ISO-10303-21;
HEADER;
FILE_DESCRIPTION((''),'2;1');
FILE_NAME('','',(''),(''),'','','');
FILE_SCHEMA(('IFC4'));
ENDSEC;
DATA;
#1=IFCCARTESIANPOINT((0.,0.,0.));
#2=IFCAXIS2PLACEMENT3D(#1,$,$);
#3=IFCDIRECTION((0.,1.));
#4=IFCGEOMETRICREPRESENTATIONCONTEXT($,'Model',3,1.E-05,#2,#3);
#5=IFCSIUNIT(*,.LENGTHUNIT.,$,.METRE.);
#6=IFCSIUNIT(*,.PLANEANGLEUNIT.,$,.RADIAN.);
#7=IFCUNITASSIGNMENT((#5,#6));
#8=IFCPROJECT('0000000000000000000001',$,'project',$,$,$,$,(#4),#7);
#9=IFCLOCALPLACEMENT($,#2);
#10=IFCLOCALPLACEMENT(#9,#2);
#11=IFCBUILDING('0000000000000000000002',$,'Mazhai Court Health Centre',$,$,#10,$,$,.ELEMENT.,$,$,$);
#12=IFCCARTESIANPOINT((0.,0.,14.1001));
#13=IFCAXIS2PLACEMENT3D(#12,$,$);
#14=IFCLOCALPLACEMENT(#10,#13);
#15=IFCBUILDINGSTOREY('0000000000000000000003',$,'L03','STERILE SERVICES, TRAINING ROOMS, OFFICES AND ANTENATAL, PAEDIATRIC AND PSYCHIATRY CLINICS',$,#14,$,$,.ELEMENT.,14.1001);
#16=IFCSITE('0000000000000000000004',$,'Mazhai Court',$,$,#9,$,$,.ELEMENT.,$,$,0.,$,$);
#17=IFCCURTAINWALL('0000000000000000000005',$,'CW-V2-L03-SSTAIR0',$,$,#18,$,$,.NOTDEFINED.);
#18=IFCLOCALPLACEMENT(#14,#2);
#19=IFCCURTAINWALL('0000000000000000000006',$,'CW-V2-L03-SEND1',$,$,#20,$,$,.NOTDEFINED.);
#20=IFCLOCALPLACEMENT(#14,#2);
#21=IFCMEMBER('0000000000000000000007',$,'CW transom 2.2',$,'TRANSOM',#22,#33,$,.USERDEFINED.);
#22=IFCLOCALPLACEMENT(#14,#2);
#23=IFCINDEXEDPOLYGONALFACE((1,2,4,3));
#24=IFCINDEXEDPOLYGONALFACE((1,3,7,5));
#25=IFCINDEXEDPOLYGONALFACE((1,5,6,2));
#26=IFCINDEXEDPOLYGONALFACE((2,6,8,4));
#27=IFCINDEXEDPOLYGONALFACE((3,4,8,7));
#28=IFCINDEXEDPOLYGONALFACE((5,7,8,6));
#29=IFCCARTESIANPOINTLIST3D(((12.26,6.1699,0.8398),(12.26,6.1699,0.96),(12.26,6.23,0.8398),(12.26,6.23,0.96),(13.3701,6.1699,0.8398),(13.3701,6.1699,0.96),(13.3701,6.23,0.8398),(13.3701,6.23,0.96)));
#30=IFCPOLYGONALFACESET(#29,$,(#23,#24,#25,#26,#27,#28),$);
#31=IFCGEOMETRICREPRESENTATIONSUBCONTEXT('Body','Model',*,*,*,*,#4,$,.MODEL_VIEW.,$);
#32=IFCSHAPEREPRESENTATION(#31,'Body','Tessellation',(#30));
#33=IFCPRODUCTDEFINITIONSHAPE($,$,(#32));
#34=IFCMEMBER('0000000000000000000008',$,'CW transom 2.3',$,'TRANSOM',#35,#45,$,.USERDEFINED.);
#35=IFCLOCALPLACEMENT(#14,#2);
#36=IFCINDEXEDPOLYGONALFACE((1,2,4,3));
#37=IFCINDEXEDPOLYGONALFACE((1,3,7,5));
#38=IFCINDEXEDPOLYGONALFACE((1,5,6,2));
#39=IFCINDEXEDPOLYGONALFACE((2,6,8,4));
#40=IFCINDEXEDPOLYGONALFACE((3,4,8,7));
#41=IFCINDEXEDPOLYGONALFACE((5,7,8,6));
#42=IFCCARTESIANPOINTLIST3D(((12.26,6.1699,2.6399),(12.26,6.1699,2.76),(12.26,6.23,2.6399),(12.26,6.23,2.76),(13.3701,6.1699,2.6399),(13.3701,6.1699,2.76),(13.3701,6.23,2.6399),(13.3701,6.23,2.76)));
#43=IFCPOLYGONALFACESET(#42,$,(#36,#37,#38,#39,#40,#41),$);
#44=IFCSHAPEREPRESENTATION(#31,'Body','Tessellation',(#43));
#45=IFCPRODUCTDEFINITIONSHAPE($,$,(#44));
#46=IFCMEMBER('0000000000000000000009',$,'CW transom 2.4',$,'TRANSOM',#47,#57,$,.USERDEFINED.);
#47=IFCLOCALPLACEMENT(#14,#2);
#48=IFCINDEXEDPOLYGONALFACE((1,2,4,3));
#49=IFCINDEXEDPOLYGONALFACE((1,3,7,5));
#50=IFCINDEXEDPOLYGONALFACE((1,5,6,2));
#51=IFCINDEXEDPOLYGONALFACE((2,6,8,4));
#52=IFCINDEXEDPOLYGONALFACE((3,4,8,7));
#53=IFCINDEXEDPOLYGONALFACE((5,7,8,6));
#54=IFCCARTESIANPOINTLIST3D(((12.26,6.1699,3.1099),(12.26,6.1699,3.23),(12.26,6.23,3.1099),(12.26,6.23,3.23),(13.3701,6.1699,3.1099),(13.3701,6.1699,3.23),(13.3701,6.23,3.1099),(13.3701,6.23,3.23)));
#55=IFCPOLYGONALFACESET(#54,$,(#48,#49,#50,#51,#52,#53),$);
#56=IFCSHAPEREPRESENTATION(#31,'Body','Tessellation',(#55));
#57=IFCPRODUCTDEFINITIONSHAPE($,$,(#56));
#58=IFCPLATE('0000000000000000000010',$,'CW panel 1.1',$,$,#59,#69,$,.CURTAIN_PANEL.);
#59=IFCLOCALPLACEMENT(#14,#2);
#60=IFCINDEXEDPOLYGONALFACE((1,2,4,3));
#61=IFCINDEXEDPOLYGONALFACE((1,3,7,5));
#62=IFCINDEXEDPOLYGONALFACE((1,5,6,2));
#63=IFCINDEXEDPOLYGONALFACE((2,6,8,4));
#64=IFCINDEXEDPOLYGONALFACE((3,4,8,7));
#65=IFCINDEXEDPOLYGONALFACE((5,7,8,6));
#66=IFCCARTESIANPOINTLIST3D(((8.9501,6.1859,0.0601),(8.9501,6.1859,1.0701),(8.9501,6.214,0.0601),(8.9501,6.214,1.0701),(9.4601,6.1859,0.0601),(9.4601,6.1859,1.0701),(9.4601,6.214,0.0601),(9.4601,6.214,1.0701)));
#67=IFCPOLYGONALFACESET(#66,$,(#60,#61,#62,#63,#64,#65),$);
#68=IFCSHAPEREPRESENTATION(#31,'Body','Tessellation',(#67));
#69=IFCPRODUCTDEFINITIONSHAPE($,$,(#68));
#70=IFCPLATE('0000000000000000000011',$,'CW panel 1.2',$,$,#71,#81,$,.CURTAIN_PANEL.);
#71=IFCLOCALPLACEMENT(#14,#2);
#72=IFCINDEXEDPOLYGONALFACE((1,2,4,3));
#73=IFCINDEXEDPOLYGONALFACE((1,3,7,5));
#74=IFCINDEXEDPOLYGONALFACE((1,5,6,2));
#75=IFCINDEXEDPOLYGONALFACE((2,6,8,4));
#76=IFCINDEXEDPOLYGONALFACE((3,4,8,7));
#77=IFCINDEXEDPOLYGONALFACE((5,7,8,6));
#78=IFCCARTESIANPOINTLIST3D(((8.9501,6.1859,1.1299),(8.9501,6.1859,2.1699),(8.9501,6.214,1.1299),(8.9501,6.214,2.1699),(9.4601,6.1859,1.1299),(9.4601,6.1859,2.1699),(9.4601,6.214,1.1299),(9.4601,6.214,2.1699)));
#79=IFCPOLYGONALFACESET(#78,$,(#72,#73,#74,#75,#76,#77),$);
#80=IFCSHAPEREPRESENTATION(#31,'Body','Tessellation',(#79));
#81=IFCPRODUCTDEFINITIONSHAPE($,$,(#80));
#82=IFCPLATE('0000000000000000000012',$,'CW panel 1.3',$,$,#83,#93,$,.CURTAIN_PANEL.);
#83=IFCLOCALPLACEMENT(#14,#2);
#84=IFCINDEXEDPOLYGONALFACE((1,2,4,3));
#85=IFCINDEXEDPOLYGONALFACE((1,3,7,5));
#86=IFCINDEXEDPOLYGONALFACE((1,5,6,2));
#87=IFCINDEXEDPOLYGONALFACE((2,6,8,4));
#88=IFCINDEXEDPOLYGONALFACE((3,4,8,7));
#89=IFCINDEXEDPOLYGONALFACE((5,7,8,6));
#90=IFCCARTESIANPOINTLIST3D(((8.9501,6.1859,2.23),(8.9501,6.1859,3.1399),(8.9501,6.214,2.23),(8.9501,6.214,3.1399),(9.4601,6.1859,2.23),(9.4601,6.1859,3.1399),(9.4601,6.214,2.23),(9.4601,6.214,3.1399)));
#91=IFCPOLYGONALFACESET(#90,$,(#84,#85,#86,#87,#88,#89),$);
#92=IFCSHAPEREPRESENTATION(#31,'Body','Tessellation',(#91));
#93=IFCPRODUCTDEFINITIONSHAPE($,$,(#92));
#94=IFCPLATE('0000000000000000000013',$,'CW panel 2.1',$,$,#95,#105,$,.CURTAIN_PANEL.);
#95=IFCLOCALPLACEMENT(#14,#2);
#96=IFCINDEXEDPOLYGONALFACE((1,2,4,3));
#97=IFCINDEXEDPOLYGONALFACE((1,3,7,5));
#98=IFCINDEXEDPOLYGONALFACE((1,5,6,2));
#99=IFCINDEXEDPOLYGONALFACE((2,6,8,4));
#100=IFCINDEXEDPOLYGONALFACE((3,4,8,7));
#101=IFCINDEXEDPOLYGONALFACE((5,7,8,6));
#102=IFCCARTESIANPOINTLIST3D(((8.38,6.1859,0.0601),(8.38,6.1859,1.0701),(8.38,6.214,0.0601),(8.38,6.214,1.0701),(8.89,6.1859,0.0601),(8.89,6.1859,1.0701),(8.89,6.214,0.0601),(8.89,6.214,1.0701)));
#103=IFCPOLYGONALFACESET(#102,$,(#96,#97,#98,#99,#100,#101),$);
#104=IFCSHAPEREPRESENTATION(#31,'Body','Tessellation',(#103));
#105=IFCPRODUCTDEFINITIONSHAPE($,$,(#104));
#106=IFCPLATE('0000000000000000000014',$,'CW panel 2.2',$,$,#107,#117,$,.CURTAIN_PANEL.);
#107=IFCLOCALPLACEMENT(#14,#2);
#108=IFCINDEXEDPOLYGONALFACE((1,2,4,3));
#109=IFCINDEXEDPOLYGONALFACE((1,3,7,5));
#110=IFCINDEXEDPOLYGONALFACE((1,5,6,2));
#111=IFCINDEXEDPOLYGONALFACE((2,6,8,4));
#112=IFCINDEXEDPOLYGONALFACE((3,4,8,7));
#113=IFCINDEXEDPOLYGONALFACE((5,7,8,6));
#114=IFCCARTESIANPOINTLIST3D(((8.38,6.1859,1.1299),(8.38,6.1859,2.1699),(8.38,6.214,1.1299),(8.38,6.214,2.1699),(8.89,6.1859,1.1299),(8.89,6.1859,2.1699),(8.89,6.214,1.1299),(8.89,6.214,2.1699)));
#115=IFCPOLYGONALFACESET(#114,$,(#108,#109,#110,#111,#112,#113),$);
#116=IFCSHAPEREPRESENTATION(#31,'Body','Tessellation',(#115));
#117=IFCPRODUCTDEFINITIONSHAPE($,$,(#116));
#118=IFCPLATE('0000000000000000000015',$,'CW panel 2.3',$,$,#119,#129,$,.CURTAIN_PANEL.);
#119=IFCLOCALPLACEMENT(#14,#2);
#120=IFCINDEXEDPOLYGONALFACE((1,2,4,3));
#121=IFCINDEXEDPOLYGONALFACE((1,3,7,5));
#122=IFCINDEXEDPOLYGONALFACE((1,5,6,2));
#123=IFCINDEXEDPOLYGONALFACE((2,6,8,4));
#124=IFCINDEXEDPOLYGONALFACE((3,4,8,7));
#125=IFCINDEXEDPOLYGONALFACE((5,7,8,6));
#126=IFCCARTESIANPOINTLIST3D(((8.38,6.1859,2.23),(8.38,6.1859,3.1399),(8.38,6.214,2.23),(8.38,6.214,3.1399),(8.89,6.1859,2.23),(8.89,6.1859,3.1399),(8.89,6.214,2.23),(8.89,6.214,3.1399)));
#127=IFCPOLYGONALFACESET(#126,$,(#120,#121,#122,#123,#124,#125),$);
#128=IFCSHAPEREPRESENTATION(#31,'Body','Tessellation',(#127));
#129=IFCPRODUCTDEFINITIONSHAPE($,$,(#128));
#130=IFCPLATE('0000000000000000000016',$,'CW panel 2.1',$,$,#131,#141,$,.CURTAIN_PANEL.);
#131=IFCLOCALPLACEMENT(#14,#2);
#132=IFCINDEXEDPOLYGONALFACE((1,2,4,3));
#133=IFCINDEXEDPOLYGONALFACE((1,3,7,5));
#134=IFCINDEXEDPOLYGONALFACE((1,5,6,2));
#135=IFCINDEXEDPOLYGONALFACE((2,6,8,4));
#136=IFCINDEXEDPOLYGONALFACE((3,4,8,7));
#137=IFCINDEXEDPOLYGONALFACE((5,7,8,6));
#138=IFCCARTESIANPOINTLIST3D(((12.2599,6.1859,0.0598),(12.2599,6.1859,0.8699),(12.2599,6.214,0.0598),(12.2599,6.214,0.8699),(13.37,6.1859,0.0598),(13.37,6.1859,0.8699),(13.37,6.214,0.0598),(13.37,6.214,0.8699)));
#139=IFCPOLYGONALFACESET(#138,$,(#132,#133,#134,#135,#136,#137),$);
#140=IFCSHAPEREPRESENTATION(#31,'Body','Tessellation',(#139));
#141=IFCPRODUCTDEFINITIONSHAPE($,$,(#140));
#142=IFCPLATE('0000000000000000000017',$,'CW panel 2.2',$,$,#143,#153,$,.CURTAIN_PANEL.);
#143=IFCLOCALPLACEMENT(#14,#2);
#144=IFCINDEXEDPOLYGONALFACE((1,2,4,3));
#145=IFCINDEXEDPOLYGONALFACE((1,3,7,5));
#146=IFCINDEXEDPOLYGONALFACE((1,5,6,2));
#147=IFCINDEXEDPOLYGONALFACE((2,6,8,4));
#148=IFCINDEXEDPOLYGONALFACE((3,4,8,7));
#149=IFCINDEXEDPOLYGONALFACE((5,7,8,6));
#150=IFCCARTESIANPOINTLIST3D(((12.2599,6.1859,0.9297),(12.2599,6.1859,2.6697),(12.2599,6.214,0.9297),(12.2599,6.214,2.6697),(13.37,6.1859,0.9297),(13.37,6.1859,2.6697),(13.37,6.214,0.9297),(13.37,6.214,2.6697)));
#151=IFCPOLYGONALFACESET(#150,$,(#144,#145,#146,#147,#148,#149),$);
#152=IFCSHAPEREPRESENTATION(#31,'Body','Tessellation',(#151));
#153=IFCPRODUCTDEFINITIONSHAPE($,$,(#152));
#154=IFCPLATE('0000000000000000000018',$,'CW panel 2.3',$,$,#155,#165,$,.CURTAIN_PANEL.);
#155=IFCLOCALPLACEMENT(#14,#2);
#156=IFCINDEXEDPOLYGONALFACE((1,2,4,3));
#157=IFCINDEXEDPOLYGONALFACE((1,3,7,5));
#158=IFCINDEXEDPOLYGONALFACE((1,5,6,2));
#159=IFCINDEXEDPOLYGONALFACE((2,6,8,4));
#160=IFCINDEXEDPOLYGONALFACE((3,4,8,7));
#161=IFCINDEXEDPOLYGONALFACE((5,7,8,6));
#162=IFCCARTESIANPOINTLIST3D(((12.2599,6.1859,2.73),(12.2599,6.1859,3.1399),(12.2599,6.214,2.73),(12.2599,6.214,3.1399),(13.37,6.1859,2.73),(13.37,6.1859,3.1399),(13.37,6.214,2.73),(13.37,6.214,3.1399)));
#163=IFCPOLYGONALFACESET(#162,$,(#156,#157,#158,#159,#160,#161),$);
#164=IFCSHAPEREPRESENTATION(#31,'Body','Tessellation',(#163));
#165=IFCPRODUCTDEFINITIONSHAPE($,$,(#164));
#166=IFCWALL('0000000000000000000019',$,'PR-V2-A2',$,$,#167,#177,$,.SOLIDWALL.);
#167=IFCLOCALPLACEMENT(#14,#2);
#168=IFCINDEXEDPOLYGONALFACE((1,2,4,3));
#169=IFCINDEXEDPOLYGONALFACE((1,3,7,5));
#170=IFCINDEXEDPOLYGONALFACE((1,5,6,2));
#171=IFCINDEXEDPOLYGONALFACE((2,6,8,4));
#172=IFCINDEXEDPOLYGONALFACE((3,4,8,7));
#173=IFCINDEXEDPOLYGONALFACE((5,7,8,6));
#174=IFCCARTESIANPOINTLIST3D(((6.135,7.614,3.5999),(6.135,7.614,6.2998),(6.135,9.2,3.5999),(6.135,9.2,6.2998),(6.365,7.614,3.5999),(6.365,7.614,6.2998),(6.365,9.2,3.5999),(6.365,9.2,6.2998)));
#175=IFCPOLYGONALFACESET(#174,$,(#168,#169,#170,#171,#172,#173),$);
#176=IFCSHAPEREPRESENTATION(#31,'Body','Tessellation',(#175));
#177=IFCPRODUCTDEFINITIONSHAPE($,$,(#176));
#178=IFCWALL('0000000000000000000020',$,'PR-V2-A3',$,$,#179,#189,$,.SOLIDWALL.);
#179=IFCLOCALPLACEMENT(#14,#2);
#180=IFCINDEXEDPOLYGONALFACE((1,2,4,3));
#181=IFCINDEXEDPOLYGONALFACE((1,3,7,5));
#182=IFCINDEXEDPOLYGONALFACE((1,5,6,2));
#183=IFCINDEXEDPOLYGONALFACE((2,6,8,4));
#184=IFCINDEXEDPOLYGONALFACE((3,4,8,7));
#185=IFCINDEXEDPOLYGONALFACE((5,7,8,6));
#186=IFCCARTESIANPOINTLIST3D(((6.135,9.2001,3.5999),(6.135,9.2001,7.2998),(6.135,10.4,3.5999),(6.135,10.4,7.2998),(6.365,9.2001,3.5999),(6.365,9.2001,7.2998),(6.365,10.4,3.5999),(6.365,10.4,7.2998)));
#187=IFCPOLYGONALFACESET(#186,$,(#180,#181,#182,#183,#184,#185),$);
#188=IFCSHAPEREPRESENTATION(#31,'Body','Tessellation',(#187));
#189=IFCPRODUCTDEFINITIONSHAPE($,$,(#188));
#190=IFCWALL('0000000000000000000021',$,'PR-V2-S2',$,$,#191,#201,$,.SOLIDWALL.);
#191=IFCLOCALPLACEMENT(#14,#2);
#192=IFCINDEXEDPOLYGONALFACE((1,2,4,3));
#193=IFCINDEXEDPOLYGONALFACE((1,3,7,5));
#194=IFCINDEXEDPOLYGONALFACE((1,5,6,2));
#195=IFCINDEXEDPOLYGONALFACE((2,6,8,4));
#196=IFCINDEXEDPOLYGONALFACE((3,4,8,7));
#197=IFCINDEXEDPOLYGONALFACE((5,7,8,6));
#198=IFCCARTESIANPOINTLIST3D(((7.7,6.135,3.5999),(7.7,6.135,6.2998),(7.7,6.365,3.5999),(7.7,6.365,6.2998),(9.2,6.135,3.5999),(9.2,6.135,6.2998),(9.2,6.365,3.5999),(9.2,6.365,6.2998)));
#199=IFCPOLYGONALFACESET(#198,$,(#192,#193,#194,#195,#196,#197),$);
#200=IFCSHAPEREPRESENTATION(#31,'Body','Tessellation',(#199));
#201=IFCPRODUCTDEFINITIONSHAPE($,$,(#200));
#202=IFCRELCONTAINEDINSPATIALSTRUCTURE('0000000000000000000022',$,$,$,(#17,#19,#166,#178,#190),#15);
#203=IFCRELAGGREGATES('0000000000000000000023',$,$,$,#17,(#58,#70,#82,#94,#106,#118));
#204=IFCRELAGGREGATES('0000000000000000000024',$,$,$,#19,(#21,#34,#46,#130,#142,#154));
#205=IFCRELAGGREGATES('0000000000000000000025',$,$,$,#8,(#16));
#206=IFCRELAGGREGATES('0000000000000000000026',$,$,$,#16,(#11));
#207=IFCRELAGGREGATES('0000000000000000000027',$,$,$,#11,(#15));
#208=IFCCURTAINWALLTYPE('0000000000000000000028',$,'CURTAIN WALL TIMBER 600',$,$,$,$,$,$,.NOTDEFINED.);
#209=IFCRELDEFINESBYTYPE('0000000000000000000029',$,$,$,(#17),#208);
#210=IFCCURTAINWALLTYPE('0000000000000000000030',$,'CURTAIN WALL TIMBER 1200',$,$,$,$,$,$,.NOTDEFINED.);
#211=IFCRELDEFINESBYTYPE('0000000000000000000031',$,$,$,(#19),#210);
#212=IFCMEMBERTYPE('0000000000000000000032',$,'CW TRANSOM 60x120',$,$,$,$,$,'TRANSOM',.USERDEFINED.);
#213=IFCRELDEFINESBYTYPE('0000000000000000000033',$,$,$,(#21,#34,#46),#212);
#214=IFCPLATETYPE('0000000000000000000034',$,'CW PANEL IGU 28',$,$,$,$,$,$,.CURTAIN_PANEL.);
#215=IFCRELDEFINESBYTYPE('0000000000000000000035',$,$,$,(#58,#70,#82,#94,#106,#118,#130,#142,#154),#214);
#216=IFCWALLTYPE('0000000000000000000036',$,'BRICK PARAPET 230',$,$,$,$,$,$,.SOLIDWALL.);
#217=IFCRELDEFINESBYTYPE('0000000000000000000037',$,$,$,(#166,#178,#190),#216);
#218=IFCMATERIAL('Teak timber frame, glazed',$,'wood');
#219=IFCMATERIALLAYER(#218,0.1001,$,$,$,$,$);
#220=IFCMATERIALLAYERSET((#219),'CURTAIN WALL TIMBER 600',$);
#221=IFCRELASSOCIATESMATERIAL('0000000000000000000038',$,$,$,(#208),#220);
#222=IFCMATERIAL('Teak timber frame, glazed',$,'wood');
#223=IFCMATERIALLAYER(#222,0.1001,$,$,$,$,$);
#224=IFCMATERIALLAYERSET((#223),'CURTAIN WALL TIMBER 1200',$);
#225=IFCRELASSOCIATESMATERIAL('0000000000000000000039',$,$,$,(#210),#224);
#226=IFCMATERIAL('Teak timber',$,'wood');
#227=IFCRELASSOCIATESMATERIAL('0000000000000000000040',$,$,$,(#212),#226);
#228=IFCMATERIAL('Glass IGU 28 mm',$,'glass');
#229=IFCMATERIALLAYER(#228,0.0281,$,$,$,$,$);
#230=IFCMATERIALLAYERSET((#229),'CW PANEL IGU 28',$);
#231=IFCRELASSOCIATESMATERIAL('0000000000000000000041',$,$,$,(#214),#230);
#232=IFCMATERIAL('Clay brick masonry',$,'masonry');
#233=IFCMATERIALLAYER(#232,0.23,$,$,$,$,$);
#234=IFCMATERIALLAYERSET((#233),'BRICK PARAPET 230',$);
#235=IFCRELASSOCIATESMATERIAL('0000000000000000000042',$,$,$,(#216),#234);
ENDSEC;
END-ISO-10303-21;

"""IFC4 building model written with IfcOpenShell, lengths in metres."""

from ifc_helpers import new_model, si_unit, direction, frame, frame_2d, origin, origin_2d, place, context, subcontext, project, spatial, rectangle, extrude, material, layer, layer_set, material_profile, profile_set, type_object, element, aggregate, save


model = new_model("IFC4")

# Units and contexts
model_context = context("Model", 3, precision=1e-05, world=origin(), true_north=direction((0.0, 1.0)))
body_context = subcontext(model_context, "Body", "Model", "MODEL_VIEW")
ifc_project = project(units=[si_unit("LENGTHUNIT", "METRE"), si_unit("PLANEANGLEUNIT", "RADIAN")], contexts=[model_context])

# Site, building, storey
site_placement = place(None, origin())
site = spatial("IfcSite", under=ifc_project, at=site_placement, Name="Mazhai Court", CompositionType="ELEMENT", RefElevation=0.0)
building_placement = place(site_placement, origin())
building = spatial("IfcBuilding", under=site, at=building_placement, Name="Mazhai Court Health Centre", CompositionType="ELEMENT")
storey_placement = place(building_placement, frame((0.0, 0.0, 14.1001)))
storey = spatial("IfcBuildingStorey", under=building, at=storey_placement, Name="L03", Description="STERILE SERVICES, TRAINING ROOMS, OFFICES AND ANTENATAL, PAEDIATRIC AND PSYCHIATRY CLINICS", CompositionType="ELEMENT", Elevation=14.1001)

# Curtain walls
ifc_material_1 = material(Name="Teak timber frame, glazed", Category="wood")
ifc_layer_1 = layer(ifc_material_1, 0.1001)
ifc_layer_set_1 = layer_set([ifc_layer_1], Name="CURTAIN WALL TIMBER 600")
curtain_wall_type_1 = type_object("IfcCurtainWallType", Name="CURTAIN WALL TIMBER 600", PredefinedType="NOTDEFINED", material=ifc_layer_set_1)
curtain_wall_1_placement = place(storey_placement, origin())
curtain_wall_1 = element("IfcCurtainWall", 1, at=curtain_wall_1_placement, inside=storey, type_object=curtain_wall_type_1, Name="CW-V2-L03-SSTAIR0", PredefinedType="NOTDEFINED")
ifc_material_2 = material(Name="Teak timber frame, glazed", Category="wood")
ifc_layer_2 = layer(ifc_material_2, 0.1001)
ifc_layer_set_2 = layer_set([ifc_layer_2], Name="CURTAIN WALL TIMBER 1200")
curtain_wall_type_2 = type_object("IfcCurtainWallType", Name="CURTAIN WALL TIMBER 1200", PredefinedType="NOTDEFINED", material=ifc_layer_set_2)
curtain_wall_2_placement = place(storey_placement, origin())
curtain_wall_2 = element("IfcCurtainWall", 2, at=curtain_wall_2_placement, inside=storey, type_object=curtain_wall_type_2, Name="CW-V2-L03-SEND1", PredefinedType="NOTDEFINED")

# Shared definitions
ifc_material_3 = material(Name="Teak timber", Category="wood")
ifc_material_profile_1 = material_profile(ifc_material_3, rectangle(XDim=0.0601, YDim=0.1201, at=origin_2d()), Name="CW TRANSOM 60x120")
ifc_profile_set_1 = profile_set([ifc_material_profile_1], Name="Teak timber")
member_type_1 = type_object("IfcMemberType", Name="CW TRANSOM 60x120", ElementType="TRANSOM", PredefinedType="USERDEFINED", material=ifc_profile_set_1)

# Members
member_1_placement = place(storey_placement, frame((13.3701, 6.2, 0.8999), z_axis=(-1.0, 0.0, 0.0), x_axis=(0.0, -1.0, 0.0)))
member_1 = element("IfcMember", 3, at=member_1_placement, type_object=member_type_1, Name="CW transom 2.2", ObjectType="TRANSOM", PredefinedType="USERDEFINED", context=body_context, shape_type="SweptSolid", body=[
    extrude(rectangle(XDim=0.0601, YDim=0.1201, at=origin_2d()), origin(), (0.0, 0.0, 1.0), 1.1101),
])
member_2_placement = place(storey_placement, frame((13.3701, 6.2, 2.7), z_axis=(-1.0, 0.0, 0.0), x_axis=(0.0, -1.0, 0.0)))
member_2 = element("IfcMember", 4, at=member_2_placement, type_object=member_type_1, Name="CW transom 2.3", ObjectType="TRANSOM", PredefinedType="USERDEFINED", context=body_context, shape_type="SweptSolid", body=[
    extrude(rectangle(XDim=0.0601, YDim=0.1201, at=origin_2d()), origin(), (0.0, 0.0, 1.0), 1.1101),
])
member_3_placement = place(storey_placement, frame((13.3701, 6.2, 3.1699), z_axis=(-1.0, 0.0, 0.0), x_axis=(0.0, -1.0, 0.0)))
member_3 = element("IfcMember", 5, at=member_3_placement, type_object=member_type_1, Name="CW transom 2.4", ObjectType="TRANSOM", PredefinedType="USERDEFINED", context=body_context, shape_type="SweptSolid", body=[
    extrude(rectangle(XDim=0.0601, YDim=0.1201, at=origin_2d()), origin(), (0.0, 0.0, 1.0), 1.1101),
])

# Plates
ifc_material_4 = material(Name="Glass IGU 28 mm", Category="glass")
ifc_layer_3 = layer(ifc_material_4, 0.0281)
ifc_layer_set_3 = layer_set([ifc_layer_3], Name="CW PANEL IGU 28")
plate_type = type_object("IfcPlateType", Name="CW PANEL IGU 28", PredefinedType="CURTAIN_PANEL", material=ifc_layer_set_3)
plate_1_placement = place(storey_placement, frame((9.2051, 6.2, 0.0601), z_axis=(0.0, 0.0, 1.0), x_axis=(-1.0, 0.0, 0.0)))
plate_1 = element("IfcPlate", 6, at=plate_1_placement, type_object=plate_type, Name="CW panel 1.1", PredefinedType="CURTAIN_PANEL", context=body_context, shape_type="SweptSolid", body=[
    extrude(rectangle(XDim=0.51, YDim=0.0281, at=origin_2d()), origin(), (0.0, 0.0, 1.0), 1.01),
])
plate_2_placement = place(storey_placement, frame((9.2051, 6.2, 1.1299), z_axis=(0.0, 0.0, 1.0), x_axis=(-1.0, 0.0, 0.0)))
plate_2 = element("IfcPlate", 7, at=plate_2_placement, type_object=plate_type, Name="CW panel 1.2", PredefinedType="CURTAIN_PANEL", context=body_context, shape_type="SweptSolid", body=[
    extrude(rectangle(XDim=0.51, YDim=0.0281, at=origin_2d()), origin(), (0.0, 0.0, 1.0), 1.04),
])
plate_3_placement = place(storey_placement, frame((9.2051, 6.2, 2.23), z_axis=(0.0, 0.0, 1.0), x_axis=(-1.0, 0.0, 0.0)))
plate_3 = element("IfcPlate", 8, at=plate_3_placement, type_object=plate_type, Name="CW panel 1.3", PredefinedType="CURTAIN_PANEL", context=body_context, shape_type="SweptSolid", body=[
    extrude(rectangle(XDim=0.51, YDim=0.0281, at=origin_2d()), origin(), (0.0, 0.0, 1.0), 0.9099),
])
plate_4_placement = place(storey_placement, frame((8.635, 6.2, 0.0601), z_axis=(0.0, 0.0, 1.0), x_axis=(-1.0, 0.0, 0.0)))
plate_4 = element("IfcPlate", 9, at=plate_4_placement, type_object=plate_type, Name="CW panel 2.1", PredefinedType="CURTAIN_PANEL", context=body_context, shape_type="SweptSolid", body=[
    extrude(rectangle(XDim=0.51, YDim=0.0281, at=origin_2d()), origin(), (0.0, 0.0, 1.0), 1.01),
])
plate_5_placement = place(storey_placement, frame((8.635, 6.2, 1.1299), z_axis=(0.0, 0.0, 1.0), x_axis=(-1.0, 0.0, 0.0)))
plate_5 = element("IfcPlate", 10, at=plate_5_placement, type_object=plate_type, Name="CW panel 2.2", PredefinedType="CURTAIN_PANEL", context=body_context, shape_type="SweptSolid", body=[
    extrude(rectangle(XDim=0.51, YDim=0.0281, at=origin_2d()), origin(), (0.0, 0.0, 1.0), 1.04),
])
plate_6_placement = place(storey_placement, frame((8.635, 6.2, 2.23), z_axis=(0.0, 0.0, 1.0), x_axis=(-1.0, 0.0, 0.0)))
plate_6 = element("IfcPlate", 11, at=plate_6_placement, type_object=plate_type, Name="CW panel 2.3", PredefinedType="CURTAIN_PANEL", context=body_context, shape_type="SweptSolid", body=[
    extrude(rectangle(XDim=0.51, YDim=0.0281, at=origin_2d()), origin(), (0.0, 0.0, 1.0), 0.9099),
])
aggregate(curtain_wall_1, [plate_1, plate_2, plate_3, plate_4, plate_5, plate_6])
plate_7_placement = place(storey_placement, frame((12.8149, 6.2, 0.0598), z_axis=(0.0, 0.0, 1.0), x_axis=(-1.0, 0.0, 0.0)))
plate_7 = element("IfcPlate", 12, at=plate_7_placement, type_object=plate_type, Name="CW panel 2.1", PredefinedType="CURTAIN_PANEL", context=body_context, shape_type="SweptSolid", body=[
    extrude(rectangle(XDim=1.1101, YDim=0.0281, at=origin_2d()), origin(), (0.0, 0.0, 1.0), 0.8101),
])
plate_8_placement = place(storey_placement, frame((12.8149, 6.2, 0.9297), z_axis=(0.0, 0.0, 1.0), x_axis=(-1.0, 0.0, 0.0)))
plate_8 = element("IfcPlate", 13, at=plate_8_placement, type_object=plate_type, Name="CW panel 2.2", PredefinedType="CURTAIN_PANEL", context=body_context, shape_type="SweptSolid", body=[
    extrude(rectangle(XDim=1.1101, YDim=0.0281, at=origin_2d()), origin(), (0.0, 0.0, 1.0), 1.74),
])
plate_9_placement = place(storey_placement, frame((12.8149, 6.2, 2.73), z_axis=(0.0, 0.0, 1.0), x_axis=(-1.0, 0.0, 0.0)))
plate_9 = element("IfcPlate", 14, at=plate_9_placement, type_object=plate_type, Name="CW panel 2.3", PredefinedType="CURTAIN_PANEL", context=body_context, shape_type="SweptSolid", body=[
    extrude(rectangle(XDim=1.1101, YDim=0.0281, at=origin_2d()), origin(), (0.0, 0.0, 1.0), 0.4099),
])
aggregate(curtain_wall_2, [member_1, member_2, member_3, plate_7, plate_8, plate_9])

# Walls
ifc_material_5 = material(Name="Clay brick masonry", Category="masonry")
ifc_layer_4 = layer(ifc_material_5, 0.23)
ifc_layer_set_4 = layer_set([ifc_layer_4], Name="BRICK PARAPET 230")
wall_type_1 = type_object("IfcWallType", Name="BRICK PARAPET 230", PredefinedType="SOLIDWALL", material=ifc_layer_set_4)
wall_1_placement = place(storey_placement, frame((6.25, 7.614, 3.5999), z_axis=(0.0, 0.0, 1.0), x_axis=(0.0, 1.0, 0.0)))
element("IfcWall", 15, at=wall_1_placement, inside=storey, type_object=wall_type_1, Name="PR-V2-A2", PredefinedType="SOLIDWALL", context=body_context, shape_type="SweptSolid", body=[
    extrude(rectangle(XDim=1.5859, YDim=0.23, at=frame_2d((0.793, 0.0))), origin(), (0.0, 0.0, 1.0), 2.7),
])
wall_2_placement = place(storey_placement, frame((6.25, 9.2, 3.5999), z_axis=(0.0, 0.0, 1.0), x_axis=(0.0, 1.0, 0.0)))
element("IfcWall", 16, at=wall_2_placement, inside=storey, type_object=wall_type_1, Name="PR-V2-A3", PredefinedType="SOLIDWALL", context=body_context, shape_type="SweptSolid", body=[
    extrude(rectangle(XDim=1.2, YDim=0.23, at=frame_2d((0.6001, 0.0))), origin(), (0.0, 0.0, 1.0), 3.7),
])
wall_3_placement = place(storey_placement, frame((9.2, 6.25, 3.5999), z_axis=(0.0, 0.0, 1.0), x_axis=(-1.0, 0.0, 0.0)))
element("IfcWall", 17, at=wall_3_placement, inside=storey, type_object=wall_type_1, Name="PR-V2-S2", PredefinedType="SOLIDWALL", context=body_context, shape_type="SweptSolid", body=[
    extrude(rectangle(XDim=1.5, YDim=0.23, at=frame_2d((0.75, 0.0))), origin(), (0.0, 0.0, 1.0), 2.7),
])

save(model, "model.ifc")
